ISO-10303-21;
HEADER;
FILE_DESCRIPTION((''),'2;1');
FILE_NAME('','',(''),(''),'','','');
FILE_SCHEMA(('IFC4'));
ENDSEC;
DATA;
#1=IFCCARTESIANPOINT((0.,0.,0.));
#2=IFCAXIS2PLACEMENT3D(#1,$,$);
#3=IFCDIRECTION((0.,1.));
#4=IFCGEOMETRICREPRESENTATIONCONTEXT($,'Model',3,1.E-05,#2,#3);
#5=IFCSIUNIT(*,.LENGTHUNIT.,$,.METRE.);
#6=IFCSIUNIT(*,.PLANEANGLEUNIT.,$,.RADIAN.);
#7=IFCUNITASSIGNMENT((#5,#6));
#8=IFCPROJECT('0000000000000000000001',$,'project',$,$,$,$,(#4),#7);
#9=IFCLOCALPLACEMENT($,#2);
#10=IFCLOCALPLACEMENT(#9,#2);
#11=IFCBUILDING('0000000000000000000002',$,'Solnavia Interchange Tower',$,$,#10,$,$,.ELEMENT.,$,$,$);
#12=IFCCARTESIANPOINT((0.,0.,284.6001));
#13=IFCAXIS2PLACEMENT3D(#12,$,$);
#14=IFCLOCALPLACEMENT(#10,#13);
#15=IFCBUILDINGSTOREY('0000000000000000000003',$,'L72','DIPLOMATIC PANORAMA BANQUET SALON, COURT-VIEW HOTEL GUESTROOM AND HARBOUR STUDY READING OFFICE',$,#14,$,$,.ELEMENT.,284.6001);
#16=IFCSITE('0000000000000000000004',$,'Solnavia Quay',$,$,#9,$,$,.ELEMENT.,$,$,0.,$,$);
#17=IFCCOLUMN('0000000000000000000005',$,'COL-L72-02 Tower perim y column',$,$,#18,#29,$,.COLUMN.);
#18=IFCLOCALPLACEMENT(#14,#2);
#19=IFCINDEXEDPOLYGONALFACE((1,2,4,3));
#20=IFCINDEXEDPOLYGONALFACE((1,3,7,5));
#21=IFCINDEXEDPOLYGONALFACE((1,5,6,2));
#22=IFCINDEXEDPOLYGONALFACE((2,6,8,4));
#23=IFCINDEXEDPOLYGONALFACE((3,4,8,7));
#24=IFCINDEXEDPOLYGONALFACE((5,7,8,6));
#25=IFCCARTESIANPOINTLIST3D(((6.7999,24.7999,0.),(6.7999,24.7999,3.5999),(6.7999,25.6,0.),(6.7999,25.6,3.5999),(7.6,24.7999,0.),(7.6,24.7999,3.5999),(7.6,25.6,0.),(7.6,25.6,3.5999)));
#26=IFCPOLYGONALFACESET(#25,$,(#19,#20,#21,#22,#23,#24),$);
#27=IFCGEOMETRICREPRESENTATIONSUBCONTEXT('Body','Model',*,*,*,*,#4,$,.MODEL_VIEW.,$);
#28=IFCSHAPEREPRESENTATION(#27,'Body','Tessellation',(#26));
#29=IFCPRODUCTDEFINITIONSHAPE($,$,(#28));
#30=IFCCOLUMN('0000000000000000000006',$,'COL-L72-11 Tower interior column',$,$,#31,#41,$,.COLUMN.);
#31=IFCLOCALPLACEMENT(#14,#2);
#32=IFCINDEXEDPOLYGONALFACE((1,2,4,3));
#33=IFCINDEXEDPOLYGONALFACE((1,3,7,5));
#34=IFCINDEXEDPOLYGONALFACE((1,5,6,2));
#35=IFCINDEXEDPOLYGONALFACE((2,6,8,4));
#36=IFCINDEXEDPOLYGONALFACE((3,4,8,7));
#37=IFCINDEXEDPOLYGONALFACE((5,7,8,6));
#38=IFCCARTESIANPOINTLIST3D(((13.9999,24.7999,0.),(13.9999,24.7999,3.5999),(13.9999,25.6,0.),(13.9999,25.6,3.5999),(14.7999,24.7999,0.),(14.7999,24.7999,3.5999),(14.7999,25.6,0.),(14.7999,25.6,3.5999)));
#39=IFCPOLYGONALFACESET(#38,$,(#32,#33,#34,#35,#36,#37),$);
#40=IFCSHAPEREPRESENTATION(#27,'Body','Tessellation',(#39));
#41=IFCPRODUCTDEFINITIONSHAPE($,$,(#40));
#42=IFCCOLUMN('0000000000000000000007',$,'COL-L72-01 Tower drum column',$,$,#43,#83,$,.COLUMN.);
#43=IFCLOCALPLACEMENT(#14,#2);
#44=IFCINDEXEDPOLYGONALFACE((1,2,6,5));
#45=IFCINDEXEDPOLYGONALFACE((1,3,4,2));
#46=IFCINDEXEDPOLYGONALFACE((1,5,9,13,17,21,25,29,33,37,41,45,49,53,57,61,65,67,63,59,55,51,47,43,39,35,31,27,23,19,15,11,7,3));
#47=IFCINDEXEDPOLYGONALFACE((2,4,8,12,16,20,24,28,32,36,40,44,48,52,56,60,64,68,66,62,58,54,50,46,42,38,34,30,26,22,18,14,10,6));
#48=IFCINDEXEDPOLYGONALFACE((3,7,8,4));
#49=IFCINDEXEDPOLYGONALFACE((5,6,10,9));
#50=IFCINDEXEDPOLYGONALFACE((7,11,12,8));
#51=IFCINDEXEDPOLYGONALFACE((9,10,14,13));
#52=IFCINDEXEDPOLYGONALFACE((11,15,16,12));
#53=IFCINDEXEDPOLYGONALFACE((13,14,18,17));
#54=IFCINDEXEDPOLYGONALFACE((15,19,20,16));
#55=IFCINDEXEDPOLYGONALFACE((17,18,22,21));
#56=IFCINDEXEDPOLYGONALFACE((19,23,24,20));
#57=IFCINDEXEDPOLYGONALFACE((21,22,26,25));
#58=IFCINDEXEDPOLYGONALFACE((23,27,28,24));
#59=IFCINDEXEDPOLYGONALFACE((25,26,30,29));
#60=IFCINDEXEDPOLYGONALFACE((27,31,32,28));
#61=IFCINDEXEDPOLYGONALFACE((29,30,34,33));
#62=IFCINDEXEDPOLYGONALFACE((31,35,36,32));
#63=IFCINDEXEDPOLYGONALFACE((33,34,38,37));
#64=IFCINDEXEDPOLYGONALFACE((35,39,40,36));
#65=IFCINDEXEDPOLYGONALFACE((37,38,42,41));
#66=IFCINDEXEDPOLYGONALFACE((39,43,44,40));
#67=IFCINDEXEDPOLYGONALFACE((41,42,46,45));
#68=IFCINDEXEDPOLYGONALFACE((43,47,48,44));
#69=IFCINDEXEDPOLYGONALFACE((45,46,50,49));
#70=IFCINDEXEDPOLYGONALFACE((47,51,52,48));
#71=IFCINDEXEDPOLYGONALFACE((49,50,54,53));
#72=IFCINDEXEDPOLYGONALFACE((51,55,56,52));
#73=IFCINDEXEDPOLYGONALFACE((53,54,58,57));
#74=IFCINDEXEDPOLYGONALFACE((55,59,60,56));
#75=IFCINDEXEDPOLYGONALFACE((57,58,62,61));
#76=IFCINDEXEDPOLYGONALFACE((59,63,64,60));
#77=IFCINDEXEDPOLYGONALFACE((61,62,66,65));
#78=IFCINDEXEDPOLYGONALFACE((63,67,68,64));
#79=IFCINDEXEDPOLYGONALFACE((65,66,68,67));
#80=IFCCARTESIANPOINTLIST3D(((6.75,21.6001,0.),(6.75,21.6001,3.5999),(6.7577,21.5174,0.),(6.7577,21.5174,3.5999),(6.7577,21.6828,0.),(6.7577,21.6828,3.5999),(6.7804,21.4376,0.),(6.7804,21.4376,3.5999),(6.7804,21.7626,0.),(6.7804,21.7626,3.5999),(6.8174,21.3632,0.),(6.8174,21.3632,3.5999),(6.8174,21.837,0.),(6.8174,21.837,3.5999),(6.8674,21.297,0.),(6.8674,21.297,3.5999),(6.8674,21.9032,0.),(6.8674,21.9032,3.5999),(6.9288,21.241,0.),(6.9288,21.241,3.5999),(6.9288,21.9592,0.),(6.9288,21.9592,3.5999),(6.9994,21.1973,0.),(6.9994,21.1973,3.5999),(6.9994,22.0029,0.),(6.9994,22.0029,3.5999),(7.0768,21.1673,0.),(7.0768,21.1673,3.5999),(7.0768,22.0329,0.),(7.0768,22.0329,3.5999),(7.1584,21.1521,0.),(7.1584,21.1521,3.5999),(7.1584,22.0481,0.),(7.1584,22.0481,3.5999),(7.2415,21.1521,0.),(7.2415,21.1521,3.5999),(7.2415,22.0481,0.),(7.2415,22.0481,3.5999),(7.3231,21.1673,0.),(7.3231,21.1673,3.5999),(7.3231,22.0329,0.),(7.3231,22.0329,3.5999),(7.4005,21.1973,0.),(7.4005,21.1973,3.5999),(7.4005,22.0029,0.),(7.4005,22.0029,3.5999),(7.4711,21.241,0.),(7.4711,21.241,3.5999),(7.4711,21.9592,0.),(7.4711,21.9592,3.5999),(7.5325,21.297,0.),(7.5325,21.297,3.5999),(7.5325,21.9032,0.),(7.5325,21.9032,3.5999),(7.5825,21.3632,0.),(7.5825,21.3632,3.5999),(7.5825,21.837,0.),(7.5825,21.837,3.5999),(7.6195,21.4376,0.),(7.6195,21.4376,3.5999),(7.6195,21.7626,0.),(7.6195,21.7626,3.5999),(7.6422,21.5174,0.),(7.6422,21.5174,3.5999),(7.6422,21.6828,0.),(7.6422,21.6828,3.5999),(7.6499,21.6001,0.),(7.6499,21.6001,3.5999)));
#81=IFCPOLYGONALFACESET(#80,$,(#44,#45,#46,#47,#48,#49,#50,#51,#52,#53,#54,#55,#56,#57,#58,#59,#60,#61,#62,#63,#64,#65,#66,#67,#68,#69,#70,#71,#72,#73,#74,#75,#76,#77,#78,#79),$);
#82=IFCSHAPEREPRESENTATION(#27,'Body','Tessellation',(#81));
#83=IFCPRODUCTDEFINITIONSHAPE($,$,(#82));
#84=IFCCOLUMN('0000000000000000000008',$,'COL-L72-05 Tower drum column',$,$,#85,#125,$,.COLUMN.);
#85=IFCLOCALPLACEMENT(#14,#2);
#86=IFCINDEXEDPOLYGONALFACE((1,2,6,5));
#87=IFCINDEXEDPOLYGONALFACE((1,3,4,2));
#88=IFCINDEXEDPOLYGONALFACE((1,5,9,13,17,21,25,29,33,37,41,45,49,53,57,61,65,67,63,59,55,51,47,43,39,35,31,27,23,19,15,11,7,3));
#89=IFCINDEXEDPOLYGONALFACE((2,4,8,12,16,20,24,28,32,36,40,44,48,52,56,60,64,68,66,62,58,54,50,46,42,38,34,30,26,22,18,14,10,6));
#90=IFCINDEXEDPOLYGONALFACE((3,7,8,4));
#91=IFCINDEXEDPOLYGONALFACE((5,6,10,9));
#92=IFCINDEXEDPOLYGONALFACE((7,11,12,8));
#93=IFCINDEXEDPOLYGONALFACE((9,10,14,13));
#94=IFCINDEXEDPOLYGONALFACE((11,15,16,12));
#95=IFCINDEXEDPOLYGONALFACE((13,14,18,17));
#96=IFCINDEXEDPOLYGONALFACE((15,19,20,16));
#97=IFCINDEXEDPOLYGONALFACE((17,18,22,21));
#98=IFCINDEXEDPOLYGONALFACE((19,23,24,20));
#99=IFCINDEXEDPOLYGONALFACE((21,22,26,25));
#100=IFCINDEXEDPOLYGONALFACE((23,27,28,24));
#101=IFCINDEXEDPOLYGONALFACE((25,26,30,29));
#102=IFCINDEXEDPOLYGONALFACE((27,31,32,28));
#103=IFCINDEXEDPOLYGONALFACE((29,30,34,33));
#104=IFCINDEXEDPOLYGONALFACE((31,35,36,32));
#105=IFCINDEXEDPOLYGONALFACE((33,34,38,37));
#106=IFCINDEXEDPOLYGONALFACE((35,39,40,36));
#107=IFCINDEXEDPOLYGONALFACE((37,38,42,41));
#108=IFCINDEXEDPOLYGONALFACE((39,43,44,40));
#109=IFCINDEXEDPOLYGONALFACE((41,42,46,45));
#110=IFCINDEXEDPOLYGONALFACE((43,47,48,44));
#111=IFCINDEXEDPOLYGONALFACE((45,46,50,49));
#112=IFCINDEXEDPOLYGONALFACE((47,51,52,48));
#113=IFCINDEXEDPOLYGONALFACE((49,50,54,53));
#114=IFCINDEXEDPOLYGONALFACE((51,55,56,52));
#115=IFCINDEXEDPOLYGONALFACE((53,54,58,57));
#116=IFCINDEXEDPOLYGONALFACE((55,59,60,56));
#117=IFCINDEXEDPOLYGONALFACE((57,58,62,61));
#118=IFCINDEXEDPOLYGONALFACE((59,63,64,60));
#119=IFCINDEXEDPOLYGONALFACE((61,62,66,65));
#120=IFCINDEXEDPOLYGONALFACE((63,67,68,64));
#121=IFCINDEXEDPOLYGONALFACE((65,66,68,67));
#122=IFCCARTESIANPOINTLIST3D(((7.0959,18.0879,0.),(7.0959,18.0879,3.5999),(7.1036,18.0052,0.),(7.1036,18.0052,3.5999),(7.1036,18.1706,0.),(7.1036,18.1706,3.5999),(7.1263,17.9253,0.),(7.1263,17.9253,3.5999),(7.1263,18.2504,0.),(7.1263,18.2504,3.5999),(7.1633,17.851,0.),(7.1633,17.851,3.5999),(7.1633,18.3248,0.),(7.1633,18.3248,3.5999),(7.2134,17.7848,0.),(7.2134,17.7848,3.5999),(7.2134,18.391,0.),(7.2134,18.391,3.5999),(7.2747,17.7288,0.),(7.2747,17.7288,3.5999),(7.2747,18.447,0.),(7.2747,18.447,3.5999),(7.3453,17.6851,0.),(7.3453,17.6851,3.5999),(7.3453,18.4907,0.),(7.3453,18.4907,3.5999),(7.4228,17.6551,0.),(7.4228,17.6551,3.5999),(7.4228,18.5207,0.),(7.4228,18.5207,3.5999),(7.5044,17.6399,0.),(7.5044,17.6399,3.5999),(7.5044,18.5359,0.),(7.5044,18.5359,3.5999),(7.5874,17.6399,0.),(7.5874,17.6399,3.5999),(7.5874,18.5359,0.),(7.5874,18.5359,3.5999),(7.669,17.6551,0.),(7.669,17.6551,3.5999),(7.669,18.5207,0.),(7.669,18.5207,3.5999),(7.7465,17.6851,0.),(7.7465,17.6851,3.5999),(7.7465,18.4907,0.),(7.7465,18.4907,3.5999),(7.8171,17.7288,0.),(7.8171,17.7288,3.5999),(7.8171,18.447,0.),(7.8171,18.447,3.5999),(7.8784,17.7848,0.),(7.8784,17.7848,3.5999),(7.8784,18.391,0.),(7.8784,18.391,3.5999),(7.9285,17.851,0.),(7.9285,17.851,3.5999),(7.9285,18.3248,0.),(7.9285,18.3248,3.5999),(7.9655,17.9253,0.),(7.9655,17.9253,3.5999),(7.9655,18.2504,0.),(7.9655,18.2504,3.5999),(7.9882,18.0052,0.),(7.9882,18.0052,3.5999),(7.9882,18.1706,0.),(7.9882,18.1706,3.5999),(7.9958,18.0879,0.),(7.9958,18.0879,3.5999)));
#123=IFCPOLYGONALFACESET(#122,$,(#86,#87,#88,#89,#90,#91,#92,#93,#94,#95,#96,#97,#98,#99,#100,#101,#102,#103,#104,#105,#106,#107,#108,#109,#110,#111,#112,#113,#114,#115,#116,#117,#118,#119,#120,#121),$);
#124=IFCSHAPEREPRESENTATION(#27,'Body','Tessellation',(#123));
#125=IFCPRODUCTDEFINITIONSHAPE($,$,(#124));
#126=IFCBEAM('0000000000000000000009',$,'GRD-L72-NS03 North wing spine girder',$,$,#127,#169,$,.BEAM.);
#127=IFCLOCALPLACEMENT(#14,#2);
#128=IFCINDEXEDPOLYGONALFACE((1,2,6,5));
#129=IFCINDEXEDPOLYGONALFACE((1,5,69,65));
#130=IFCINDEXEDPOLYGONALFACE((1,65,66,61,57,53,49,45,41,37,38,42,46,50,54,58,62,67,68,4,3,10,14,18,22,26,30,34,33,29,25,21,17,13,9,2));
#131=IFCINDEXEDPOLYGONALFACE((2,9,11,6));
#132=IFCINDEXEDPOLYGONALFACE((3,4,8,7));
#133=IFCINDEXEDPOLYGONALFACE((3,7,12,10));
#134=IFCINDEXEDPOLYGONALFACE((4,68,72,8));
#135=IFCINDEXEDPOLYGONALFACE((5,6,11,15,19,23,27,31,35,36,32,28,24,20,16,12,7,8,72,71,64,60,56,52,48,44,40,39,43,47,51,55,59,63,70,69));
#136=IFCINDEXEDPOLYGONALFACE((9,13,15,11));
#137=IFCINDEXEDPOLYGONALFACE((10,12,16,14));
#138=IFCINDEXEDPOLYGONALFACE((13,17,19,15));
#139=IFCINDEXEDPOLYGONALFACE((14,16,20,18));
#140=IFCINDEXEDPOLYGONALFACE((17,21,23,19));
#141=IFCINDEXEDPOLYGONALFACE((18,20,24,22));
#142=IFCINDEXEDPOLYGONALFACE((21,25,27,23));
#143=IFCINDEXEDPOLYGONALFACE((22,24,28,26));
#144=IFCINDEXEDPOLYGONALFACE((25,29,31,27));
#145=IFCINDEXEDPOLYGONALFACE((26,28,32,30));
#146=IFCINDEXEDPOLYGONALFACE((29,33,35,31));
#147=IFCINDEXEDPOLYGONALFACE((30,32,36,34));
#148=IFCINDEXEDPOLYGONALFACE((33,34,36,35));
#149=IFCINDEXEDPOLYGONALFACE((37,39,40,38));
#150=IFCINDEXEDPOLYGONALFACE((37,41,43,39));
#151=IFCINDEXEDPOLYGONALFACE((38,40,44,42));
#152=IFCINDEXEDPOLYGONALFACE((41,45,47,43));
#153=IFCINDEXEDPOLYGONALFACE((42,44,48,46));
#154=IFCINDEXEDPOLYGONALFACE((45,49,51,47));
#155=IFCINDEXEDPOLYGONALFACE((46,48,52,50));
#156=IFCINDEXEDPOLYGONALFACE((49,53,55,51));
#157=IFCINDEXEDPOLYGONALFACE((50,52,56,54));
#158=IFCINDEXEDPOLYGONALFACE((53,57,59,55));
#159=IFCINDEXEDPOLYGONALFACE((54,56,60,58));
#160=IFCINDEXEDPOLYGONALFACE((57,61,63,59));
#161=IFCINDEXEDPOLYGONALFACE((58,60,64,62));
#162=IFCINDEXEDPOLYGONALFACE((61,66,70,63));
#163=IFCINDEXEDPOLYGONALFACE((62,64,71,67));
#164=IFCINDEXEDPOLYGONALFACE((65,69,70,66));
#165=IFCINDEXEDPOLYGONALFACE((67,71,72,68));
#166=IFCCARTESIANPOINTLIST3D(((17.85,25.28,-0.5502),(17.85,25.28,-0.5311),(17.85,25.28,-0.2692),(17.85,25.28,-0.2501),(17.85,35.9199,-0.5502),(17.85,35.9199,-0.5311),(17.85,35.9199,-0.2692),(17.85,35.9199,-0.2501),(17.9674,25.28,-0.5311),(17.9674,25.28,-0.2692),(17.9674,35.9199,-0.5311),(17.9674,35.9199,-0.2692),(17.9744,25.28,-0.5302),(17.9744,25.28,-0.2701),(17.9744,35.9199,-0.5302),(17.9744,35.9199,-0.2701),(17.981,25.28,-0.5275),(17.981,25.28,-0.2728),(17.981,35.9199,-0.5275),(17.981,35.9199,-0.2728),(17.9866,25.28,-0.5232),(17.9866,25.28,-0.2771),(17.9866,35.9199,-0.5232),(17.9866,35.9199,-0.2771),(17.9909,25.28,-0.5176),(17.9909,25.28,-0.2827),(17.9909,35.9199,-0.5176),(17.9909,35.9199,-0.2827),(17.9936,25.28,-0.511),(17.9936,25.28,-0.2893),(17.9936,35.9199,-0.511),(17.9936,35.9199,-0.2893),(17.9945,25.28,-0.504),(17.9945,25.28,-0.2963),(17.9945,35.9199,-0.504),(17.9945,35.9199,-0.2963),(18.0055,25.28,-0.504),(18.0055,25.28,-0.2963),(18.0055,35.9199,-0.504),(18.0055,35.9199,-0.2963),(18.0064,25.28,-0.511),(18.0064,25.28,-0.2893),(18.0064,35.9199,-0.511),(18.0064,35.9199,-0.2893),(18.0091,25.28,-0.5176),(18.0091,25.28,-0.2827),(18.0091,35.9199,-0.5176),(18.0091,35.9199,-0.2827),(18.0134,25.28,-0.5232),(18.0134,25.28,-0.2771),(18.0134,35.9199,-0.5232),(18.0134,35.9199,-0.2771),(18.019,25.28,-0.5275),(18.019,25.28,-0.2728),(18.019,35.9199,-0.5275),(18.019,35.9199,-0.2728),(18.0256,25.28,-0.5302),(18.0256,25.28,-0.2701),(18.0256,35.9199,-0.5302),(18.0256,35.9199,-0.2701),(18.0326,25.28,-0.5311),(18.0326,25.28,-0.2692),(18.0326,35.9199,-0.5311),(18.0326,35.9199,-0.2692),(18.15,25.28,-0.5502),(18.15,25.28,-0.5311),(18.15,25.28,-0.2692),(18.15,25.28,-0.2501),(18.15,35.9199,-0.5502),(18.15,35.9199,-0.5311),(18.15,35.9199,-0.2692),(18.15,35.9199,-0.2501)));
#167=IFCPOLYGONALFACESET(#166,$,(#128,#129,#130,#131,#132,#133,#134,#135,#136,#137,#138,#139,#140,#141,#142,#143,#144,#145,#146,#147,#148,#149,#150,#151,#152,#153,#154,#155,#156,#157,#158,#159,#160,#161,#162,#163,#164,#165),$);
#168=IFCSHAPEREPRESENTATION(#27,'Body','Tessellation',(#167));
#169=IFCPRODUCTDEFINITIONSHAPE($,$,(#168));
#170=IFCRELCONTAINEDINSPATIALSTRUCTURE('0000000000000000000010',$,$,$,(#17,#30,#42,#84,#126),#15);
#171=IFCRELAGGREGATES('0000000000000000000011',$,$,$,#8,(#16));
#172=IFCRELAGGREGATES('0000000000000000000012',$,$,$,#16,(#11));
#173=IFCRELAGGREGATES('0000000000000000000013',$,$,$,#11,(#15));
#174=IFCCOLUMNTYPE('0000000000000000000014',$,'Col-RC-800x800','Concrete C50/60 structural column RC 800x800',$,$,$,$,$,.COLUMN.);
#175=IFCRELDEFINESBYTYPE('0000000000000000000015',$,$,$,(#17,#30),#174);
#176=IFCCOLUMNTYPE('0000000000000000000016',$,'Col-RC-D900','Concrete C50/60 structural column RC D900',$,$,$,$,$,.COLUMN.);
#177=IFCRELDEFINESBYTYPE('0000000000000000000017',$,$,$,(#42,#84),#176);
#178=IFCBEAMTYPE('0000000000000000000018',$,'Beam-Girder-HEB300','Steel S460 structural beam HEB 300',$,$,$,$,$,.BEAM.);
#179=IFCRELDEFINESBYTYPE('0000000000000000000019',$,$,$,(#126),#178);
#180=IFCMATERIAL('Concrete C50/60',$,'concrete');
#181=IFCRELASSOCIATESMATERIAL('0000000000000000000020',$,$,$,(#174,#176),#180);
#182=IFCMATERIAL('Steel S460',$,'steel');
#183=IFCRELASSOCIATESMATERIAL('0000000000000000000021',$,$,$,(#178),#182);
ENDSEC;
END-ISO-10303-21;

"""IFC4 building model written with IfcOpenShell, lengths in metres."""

from ifc_helpers import new_model, si_unit, direction, frame, origin, origin_2d, place, context, subcontext, project, spatial, rectangle, circle, i_section, extrude, material, material_profile, profile_set, type_object, element, save


model = new_model("IFC4")

# Units and contexts
model_context = context("Model", 3, precision=1e-05, world=origin(), true_north=direction((0.0, 1.0)))
body_context = subcontext(model_context, "Body", "Model", "MODEL_VIEW")
ifc_project = project(units=[si_unit("LENGTHUNIT", "METRE"), si_unit("PLANEANGLEUNIT", "RADIAN")], contexts=[model_context])

# Site, building, storey
site_placement = place(None, origin())
site = spatial("IfcSite", under=ifc_project, at=site_placement, Name="Solnavia Quay", CompositionType="ELEMENT", RefElevation=0.0)
building_placement = place(site_placement, origin())
building = spatial("IfcBuilding", under=site, at=building_placement, Name="Solnavia Interchange Tower", CompositionType="ELEMENT")
storey_placement = place(building_placement, frame((0.0, 0.0, 284.6001)))
storey = spatial("IfcBuildingStorey", under=building, at=storey_placement, Name="L72", Description="DIPLOMATIC PANORAMA BANQUET SALON, COURT-VIEW HOTEL GUESTROOM AND HARBOUR STUDY READING OFFICE", CompositionType="ELEMENT", Elevation=284.6001)

# Columns
ifc_material_1 = material(Name="Concrete C50/60", Category="concrete")
ifc_material_profile_1 = material_profile(ifc_material_1, rectangle(XDim=0.8, YDim=0.8, at=origin_2d()), Name="RC 800x800")
ifc_profile_set_1 = profile_set([ifc_material_profile_1], Name="Concrete C50/60")
column_type_1 = type_object("IfcColumnType", Name="Col-RC-800x800", Description="Concrete C50/60 structural column RC 800x800", PredefinedType="COLUMN", material=ifc_profile_set_1)
for number, where, z_axis, x_axis, name in (
    (1, (7.2, 25.2, 0.0), (0.0, 0.0, 1.0), (0.0, 1.0, 0.0), "COL-L72-02 Tower perim y column"),
    (2, (14.3999, 25.2, 0.0), (0.0, 0.0, 1.0), (1.0, 0.0, 0.0), "COL-L72-11 Tower interior column"),
):
    element("IfcColumn", number, at=place(storey_placement, frame(where, z_axis=z_axis, x_axis=x_axis)), inside=storey, type_object=column_type_1, Name=name, PredefinedType="COLUMN", context=body_context, shape_type="SweptSolid", body=[
        extrude(rectangle(XDim=0.8, YDim=0.8, at=origin_2d()), origin(), (0.0, 0.0, 1.0), 3.5999),
    ])
ifc_material_profile_2 = material_profile(ifc_material_1, circle(Radius=0.45, at=origin_2d()), Name="RC D900")
ifc_profile_set_2 = profile_set([ifc_material_profile_2], Name="Concrete C50/60")
column_type_2 = type_object("IfcColumnType", Name="Col-RC-D900", Description="Concrete C50/60 structural column RC D900", PredefinedType="COLUMN", material=ifc_profile_set_2)
for number, where, z_axis, x_axis, name in (
    (3, (7.2, 21.6001, 0.0), (0.0, 0.0, 1.0), (1.0, 0.0, 0.0), "COL-L72-01 Tower drum column"),
    (4, (7.5459, 18.0879, 0.0), (0.0, 0.0, 1.0), (1.0, 0.0, 0.0), "COL-L72-05 Tower drum column"),
):
    element("IfcColumn", number, at=place(storey_placement, frame(where, z_axis=z_axis, x_axis=x_axis)), inside=storey, type_object=column_type_2, Name=name, PredefinedType="COLUMN", context=body_context, shape_type="SweptSolid", body=[
        extrude(circle(Radius=0.45, at=origin_2d()), origin(), (0.0, 0.0, 1.0), 3.5999),
    ])

# Beam
ifc_material_2 = material(Name="Steel S460", Category="steel")
ifc_material_profile_3 = material_profile(ifc_material_2, i_section(OverallWidth=0.3, OverallDepth=0.3, WebThickness=0.011, FlangeThickness=0.019, FilletRadius=0.0271, at=origin_2d()), Name="HEB 300")
ifc_profile_set_3 = profile_set([ifc_material_profile_3], Name="Steel S460")
beam_type_1 = type_object("IfcBeamType", Name="Beam-Girder-HEB300", Description="Steel S460 structural beam HEB 300", PredefinedType="BEAM", material=ifc_profile_set_3)
beam_1_placement = place(storey_placement, frame((18.0, 25.28, -0.4001), z_axis=(0.0, 1.0, 0.0), x_axis=(-1.0, 0.0, 0.0)))
element("IfcBeam", 5, at=beam_1_placement, inside=storey, type_object=beam_type_1, Name="GRD-L72-NS03 North wing spine girder", PredefinedType="BEAM", context=body_context, shape_type="SweptSolid", body=[
    extrude(i_section(OverallWidth=0.3, OverallDepth=0.3, WebThickness=0.011, FlangeThickness=0.019, FilletRadius=0.0271, at=origin_2d()), origin(), (0.0, 0.0, 1.0), 10.6399),
])

save(model, "model.ifc")
